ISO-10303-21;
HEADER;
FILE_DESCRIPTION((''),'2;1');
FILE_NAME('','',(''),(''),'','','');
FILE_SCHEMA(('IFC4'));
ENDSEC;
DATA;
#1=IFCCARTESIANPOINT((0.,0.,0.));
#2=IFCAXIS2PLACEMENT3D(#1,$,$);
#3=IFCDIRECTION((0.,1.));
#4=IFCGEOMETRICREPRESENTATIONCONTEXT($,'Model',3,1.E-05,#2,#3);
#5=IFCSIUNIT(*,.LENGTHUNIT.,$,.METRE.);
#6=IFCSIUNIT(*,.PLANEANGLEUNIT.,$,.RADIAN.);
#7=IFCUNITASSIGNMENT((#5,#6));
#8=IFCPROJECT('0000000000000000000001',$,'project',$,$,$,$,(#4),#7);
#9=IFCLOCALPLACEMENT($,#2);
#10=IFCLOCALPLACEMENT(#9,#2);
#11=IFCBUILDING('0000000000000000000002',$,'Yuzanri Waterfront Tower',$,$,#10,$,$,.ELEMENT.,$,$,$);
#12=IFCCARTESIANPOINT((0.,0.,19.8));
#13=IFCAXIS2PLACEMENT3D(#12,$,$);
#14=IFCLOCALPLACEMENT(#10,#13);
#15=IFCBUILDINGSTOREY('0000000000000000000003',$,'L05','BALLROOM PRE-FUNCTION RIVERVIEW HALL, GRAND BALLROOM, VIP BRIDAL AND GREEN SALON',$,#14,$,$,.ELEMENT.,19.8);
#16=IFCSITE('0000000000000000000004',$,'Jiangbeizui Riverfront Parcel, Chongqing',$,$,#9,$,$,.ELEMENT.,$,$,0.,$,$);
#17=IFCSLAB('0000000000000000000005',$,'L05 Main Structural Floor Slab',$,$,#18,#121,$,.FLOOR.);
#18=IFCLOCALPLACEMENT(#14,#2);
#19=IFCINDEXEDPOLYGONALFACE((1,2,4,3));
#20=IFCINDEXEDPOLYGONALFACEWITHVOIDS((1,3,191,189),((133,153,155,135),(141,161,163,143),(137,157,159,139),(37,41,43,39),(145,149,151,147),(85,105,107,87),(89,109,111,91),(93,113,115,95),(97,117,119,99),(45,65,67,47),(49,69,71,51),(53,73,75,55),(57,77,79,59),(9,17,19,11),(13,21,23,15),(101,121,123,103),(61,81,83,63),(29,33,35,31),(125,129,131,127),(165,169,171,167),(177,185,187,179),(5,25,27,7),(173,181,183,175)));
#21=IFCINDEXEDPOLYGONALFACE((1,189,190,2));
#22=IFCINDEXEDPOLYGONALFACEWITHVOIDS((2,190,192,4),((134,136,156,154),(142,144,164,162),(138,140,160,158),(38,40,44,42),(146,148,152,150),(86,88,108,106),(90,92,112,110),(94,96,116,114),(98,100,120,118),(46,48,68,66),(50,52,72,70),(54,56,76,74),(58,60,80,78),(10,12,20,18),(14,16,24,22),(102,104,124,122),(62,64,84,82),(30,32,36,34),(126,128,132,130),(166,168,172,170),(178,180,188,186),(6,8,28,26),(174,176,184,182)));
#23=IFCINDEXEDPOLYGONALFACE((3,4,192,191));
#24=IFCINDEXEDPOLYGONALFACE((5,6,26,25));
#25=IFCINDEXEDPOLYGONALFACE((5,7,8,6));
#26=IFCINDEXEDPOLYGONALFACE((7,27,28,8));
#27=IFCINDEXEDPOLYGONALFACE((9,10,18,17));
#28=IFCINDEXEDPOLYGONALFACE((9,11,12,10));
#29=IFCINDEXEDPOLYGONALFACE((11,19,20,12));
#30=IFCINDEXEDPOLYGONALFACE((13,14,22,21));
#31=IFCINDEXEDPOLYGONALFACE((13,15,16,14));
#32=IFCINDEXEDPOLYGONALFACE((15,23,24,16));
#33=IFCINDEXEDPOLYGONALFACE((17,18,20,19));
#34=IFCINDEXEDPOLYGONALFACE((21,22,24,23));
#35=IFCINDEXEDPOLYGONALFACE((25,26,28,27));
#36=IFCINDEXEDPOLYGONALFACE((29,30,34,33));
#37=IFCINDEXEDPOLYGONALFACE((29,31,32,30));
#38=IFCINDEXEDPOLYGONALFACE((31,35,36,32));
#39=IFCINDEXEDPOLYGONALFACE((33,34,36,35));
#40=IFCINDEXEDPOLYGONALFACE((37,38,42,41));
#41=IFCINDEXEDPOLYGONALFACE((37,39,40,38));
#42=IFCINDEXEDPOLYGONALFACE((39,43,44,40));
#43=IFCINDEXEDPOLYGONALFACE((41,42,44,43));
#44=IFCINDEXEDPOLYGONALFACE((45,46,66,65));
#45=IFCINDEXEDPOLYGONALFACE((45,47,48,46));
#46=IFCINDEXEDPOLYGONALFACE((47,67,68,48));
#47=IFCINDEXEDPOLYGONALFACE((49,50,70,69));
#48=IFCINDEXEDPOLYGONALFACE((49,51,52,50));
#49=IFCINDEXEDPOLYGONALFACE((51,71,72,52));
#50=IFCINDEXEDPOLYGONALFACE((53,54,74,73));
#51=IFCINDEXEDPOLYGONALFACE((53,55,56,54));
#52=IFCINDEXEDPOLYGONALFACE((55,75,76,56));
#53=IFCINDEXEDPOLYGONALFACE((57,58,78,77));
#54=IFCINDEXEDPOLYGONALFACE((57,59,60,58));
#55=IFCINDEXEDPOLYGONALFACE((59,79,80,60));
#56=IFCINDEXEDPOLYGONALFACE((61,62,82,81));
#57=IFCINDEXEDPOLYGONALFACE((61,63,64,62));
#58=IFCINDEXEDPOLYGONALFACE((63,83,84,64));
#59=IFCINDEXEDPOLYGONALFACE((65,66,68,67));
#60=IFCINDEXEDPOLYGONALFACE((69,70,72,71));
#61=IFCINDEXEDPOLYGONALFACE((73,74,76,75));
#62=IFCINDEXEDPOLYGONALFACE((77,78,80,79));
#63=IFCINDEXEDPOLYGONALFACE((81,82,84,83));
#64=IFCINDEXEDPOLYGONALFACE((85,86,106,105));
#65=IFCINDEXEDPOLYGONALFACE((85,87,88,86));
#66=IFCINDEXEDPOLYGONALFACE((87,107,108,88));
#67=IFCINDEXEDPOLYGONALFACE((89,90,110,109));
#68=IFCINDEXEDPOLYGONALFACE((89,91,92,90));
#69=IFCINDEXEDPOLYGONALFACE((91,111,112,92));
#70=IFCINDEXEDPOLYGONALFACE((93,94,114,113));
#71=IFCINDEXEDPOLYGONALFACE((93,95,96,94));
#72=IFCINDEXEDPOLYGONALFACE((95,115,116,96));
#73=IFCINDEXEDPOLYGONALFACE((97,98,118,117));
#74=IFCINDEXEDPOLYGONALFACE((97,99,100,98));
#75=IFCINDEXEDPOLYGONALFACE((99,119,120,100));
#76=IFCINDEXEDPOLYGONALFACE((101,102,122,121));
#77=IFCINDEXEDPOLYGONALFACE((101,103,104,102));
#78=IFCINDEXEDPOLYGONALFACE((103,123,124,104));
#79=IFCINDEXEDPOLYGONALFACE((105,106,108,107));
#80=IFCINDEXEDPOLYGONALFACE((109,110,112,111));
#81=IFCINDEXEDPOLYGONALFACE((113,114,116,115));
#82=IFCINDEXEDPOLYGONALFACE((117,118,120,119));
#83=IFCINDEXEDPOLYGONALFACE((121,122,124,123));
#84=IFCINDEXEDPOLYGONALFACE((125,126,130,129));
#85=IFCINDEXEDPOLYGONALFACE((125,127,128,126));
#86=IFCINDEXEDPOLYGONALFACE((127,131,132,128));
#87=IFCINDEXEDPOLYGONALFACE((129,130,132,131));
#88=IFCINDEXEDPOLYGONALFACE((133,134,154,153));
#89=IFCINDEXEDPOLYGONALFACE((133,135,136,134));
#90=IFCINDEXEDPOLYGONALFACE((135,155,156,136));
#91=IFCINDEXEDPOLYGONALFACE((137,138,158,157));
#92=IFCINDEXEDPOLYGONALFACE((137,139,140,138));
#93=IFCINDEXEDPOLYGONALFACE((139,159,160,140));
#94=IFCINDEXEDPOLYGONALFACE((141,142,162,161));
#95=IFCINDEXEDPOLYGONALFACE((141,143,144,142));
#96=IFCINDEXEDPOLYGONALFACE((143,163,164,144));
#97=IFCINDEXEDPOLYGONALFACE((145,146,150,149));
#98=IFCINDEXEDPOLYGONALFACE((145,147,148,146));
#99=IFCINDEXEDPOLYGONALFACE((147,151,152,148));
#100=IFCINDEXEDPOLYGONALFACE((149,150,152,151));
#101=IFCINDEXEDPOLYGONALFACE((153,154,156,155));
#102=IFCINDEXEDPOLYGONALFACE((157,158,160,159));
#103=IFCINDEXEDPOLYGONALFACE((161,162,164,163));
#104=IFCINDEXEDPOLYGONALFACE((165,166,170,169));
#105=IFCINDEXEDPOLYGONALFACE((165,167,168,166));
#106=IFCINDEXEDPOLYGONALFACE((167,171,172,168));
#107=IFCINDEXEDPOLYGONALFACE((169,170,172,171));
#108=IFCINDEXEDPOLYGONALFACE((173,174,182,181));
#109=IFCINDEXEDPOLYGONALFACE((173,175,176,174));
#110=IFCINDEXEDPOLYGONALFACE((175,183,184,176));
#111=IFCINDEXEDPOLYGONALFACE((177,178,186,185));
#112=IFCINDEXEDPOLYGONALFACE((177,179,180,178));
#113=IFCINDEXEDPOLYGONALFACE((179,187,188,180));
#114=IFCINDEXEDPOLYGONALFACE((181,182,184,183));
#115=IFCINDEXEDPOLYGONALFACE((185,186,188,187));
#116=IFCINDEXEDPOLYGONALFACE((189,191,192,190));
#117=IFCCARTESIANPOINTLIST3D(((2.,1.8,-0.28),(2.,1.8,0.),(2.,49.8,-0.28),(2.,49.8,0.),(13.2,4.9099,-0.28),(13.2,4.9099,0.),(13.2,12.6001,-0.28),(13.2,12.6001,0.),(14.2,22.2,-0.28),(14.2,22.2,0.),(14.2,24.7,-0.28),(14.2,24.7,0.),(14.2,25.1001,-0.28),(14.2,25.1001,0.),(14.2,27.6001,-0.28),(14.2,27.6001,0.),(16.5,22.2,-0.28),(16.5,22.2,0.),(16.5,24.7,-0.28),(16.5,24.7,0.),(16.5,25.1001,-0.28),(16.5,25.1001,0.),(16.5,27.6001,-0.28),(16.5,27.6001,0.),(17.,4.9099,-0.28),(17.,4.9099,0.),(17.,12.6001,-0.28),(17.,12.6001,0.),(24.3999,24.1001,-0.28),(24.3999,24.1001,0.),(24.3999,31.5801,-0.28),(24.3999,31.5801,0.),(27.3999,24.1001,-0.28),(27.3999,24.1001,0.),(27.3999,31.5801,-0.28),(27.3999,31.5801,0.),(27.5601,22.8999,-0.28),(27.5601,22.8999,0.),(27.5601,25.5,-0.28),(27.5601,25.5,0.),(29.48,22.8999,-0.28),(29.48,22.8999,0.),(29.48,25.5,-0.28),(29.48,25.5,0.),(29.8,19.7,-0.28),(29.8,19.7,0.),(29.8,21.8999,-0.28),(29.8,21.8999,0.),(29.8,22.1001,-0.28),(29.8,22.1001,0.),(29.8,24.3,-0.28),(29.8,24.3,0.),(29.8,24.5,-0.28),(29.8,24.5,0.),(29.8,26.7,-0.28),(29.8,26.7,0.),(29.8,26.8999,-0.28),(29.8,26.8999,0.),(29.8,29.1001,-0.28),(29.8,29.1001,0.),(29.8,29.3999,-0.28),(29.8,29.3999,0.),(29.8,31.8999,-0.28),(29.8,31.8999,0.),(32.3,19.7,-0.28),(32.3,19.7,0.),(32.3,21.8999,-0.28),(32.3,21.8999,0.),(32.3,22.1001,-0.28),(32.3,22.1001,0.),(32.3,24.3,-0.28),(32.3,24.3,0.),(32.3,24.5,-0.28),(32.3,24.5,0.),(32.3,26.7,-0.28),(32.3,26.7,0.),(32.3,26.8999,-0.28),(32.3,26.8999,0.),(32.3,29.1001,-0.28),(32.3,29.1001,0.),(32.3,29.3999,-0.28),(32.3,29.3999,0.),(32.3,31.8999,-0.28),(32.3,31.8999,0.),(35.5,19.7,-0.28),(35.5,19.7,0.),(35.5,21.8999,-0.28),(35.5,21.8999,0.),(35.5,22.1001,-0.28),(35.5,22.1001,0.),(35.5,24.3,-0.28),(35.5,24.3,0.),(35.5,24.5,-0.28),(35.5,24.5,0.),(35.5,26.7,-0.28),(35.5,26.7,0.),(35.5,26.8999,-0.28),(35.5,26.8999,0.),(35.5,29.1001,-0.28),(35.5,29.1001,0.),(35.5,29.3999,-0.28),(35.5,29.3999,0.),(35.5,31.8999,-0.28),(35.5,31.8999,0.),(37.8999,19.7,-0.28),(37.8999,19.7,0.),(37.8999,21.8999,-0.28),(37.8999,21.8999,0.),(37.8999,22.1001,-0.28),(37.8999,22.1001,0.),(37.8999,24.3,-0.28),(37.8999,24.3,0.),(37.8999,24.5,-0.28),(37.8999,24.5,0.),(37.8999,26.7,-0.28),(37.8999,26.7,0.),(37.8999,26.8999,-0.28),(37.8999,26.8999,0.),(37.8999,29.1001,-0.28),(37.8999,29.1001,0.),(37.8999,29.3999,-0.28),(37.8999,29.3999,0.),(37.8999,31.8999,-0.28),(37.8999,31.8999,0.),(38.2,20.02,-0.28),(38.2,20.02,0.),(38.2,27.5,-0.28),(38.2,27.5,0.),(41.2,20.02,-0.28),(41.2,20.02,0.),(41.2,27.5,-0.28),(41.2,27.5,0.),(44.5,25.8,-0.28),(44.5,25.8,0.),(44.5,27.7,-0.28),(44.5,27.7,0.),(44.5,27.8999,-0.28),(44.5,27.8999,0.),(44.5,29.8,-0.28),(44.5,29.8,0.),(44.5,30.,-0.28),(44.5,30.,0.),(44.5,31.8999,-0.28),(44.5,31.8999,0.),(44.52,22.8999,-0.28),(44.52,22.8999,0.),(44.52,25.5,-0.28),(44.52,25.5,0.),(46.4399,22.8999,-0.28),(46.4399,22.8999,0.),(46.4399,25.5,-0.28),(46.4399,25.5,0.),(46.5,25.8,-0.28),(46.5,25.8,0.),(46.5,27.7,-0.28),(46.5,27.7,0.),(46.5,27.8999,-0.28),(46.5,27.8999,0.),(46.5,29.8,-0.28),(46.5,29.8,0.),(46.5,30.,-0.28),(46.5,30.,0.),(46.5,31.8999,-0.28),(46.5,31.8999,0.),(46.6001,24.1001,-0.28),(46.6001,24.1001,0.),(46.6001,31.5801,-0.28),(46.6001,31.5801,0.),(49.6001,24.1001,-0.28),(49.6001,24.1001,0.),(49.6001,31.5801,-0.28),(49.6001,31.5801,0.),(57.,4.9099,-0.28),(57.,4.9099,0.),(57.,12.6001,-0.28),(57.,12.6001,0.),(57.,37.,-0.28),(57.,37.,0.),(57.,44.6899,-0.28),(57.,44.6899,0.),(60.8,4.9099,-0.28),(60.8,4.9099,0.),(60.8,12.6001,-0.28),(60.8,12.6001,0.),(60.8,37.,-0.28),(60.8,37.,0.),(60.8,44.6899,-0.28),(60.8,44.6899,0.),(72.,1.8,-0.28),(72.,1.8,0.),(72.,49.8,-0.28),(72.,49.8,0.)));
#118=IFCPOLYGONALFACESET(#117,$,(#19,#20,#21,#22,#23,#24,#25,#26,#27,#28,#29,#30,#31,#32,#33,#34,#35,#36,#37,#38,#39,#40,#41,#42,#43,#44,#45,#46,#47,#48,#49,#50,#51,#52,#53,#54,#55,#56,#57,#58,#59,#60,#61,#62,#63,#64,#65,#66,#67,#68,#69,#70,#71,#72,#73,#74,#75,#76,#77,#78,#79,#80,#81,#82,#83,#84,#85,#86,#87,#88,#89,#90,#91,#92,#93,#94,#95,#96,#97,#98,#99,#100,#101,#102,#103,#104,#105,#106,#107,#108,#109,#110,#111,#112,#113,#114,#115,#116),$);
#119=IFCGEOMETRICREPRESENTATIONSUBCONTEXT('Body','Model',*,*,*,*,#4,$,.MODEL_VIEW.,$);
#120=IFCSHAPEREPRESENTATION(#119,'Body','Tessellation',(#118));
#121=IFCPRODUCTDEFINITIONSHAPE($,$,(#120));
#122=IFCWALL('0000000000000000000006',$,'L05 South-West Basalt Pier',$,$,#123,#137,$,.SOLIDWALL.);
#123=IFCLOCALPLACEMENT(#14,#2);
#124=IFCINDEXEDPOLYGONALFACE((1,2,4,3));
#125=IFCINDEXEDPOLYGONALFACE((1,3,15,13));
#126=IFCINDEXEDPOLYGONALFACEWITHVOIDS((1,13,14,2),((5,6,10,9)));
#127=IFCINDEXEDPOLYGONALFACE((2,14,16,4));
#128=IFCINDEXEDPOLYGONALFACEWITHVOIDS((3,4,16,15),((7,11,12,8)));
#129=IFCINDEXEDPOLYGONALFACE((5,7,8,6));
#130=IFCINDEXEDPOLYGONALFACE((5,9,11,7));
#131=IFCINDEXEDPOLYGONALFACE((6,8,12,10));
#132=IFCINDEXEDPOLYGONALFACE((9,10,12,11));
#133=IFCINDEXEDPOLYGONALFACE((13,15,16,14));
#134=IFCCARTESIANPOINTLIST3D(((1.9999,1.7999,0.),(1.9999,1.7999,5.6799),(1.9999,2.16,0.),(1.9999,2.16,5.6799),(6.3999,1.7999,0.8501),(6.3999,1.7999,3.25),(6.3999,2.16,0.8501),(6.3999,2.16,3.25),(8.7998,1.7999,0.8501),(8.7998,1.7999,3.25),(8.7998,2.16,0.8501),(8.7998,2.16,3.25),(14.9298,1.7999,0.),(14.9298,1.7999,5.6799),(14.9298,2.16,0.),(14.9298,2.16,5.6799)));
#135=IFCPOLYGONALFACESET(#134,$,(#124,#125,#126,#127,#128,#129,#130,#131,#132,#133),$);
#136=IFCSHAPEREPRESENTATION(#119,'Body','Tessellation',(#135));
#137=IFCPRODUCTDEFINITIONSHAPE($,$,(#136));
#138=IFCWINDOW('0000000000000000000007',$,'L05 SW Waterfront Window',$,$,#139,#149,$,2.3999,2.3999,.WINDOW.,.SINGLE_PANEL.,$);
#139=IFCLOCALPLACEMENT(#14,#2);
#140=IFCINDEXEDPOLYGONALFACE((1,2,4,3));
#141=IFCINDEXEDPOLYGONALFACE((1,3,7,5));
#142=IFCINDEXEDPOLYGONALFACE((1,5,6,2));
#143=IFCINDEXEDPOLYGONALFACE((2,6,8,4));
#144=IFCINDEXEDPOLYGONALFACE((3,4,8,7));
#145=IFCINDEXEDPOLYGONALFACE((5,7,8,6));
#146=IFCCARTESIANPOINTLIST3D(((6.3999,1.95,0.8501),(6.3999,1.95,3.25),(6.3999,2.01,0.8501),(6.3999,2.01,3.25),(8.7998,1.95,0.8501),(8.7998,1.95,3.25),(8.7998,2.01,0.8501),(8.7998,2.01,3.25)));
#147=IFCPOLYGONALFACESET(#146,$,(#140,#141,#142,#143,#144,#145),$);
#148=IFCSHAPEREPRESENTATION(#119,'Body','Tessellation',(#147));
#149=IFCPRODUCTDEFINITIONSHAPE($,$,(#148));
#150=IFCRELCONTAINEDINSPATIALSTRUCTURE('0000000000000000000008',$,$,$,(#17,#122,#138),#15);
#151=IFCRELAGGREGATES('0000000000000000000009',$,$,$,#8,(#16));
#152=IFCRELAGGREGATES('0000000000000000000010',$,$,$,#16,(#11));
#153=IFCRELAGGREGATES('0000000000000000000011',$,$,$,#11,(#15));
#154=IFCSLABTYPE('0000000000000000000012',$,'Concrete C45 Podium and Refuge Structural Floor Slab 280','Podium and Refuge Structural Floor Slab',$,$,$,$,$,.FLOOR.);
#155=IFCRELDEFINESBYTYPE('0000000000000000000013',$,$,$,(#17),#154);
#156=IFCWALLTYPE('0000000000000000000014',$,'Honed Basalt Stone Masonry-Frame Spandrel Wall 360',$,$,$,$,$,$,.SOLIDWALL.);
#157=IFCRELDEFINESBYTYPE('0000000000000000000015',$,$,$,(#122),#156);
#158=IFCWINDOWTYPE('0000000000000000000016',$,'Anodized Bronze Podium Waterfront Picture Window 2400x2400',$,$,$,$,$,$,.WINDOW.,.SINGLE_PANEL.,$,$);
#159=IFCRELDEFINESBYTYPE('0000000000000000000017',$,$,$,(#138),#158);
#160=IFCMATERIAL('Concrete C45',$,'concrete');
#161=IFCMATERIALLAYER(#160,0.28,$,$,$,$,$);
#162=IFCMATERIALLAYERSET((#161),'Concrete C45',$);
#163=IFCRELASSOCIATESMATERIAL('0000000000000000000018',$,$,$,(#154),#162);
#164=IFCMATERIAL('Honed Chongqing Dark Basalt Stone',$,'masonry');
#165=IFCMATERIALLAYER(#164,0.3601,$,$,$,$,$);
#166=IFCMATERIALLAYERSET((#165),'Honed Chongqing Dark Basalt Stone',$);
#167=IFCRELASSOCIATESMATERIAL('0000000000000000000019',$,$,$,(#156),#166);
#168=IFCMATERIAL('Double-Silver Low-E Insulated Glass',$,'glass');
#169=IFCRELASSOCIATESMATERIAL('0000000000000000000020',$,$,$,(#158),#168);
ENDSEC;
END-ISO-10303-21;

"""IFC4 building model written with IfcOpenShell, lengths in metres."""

from ifc_helpers import new_model, si_unit, direction, frame, frame_2d, origin, place, context, subcontext, project, spatial, polyline, rectangle, outline, extrude, source, transform, mapped, material, layer, layer_set, type_object, element, fill, save


model = new_model("IFC4")

# Units and contexts
model_context = context("Model", 3, precision=1e-05, world=origin(), true_north=direction((0.0, 1.0)))
body_context = subcontext(model_context, "Body", "Model", "MODEL_VIEW")
ifc_project = project(units=[si_unit("LENGTHUNIT", "METRE"), si_unit("PLANEANGLEUNIT", "RADIAN")], contexts=[model_context])

# Site, building, storey
site_placement = place(None, origin())
site = spatial("IfcSite", under=ifc_project, at=site_placement, Name="Jiangbeizui Riverfront Parcel, Chongqing", CompositionType="ELEMENT", RefElevation=0.0)
building_placement = place(site_placement, origin())
building = spatial("IfcBuilding", under=site, at=building_placement, Name="Yuzanri Waterfront Tower", CompositionType="ELEMENT")
storey_placement = place(building_placement, frame((0.0, 0.0, 19.8)))
storey = spatial("IfcBuildingStorey", under=building, at=storey_placement, Name="L05", Description="BALLROOM PRE-FUNCTION RIVERVIEW HALL, GRAND BALLROOM, VIP BRIDAL AND GREEN SALON", CompositionType="ELEMENT", Elevation=19.8)

# Slab
ifc_material_1 = material(Name="Concrete C45", Category="concrete")
ifc_layer_1 = layer(ifc_material_1, 0.28)
ifc_layer_set_1 = layer_set([ifc_layer_1], Name="Concrete C45")
slab_type_1 = type_object("IfcSlabType", Name="Concrete C45 Podium and Refuge Structural Floor Slab 280", Description="Podium and Refuge Structural Floor Slab", PredefinedType="FLOOR", material=ifc_layer_set_1)
slab_1_placement = place(storey_placement, frame((0.0, 0.0, -0.28)))
element("IfcSlab", 1, at=slab_1_placement, inside=storey, type_object=slab_type_1, Name="L05 Main Structural Floor Slab", PredefinedType="FLOOR", context=body_context, shape_type="SweptSolid", body=[
    extrude(outline(polyline([(2.0, 1.8), (72.0, 1.8), (72.0, 49.8), (2.0, 49.8), (2.0, 1.8)]), holes=[polyline([(27.3999, 24.1001), (27.3999, 31.5801), (24.3999, 31.5801), (24.3999, 24.1001), (27.3999, 24.1001)]), polyline([(49.6001, 24.1001), (49.6001, 31.5801), (46.6001, 31.5801), (46.6001, 24.1001), (49.6001, 24.1001)]), polyline([(38.2, 27.5), (38.2, 20.02), (41.2, 20.02), (41.2, 27.5), (38.2, 27.5)]), polyline([(17.0, 4.9099), (17.0, 12.6001), (13.2, 12.6001), (13.2, 4.9099), (17.0, 4.9099)]), polyline([(60.8, 4.9099), (60.8, 12.6001), (57.0, 12.6001), (57.0, 4.9099), (60.8, 4.9099)]), polyline([(57.0, 44.6899), (57.0, 37.0), (60.8, 37.0), (60.8, 44.6899), (57.0, 44.6899)]), polyline([(27.5601, 22.8999), (29.48, 22.8999), (29.48, 25.5), (27.5601, 25.5), (27.5601, 22.8999)]), polyline([(44.52, 22.8999), (46.4399, 22.8999), (46.4399, 25.5), (44.52, 25.5), (44.52, 22.8999)]), polyline([(29.8, 19.7), (32.3, 19.7), (32.3, 21.8999), (29.8, 21.8999), (29.8, 19.7)]), polyline([(29.8, 22.1001), (32.3, 22.1001), (32.3, 24.3), (29.8, 24.3), (29.8, 22.1001)]), polyline([(29.8, 24.5), (32.3, 24.5), (32.3, 26.7), (29.8, 26.7), (29.8, 24.5)]), polyline([(29.8, 26.8999), (32.3, 26.8999), (32.3, 29.1001), (29.8, 29.1001), (29.8, 26.8999)]), polyline([(29.8, 29.3999), (32.3, 29.3999), (32.3, 31.8999), (29.8, 31.8999), (29.8, 29.3999)]), polyline([(35.5, 19.7), (37.8999, 19.7), (37.8999, 21.8999), (35.5, 21.8999), (35.5, 19.7)]), polyline([(35.5, 22.1001), (37.8999, 22.1001), (37.8999, 24.3), (35.5, 24.3), (35.5, 22.1001)]), polyline([(35.5, 24.5), (37.8999, 24.5), (37.8999, 26.7), (35.5, 26.7), (35.5, 24.5)]), polyline([(35.5, 26.8999), (37.8999, 26.8999), (37.8999, 29.1001), (35.5, 29.1001), (35.5, 26.8999)]), polyline([(35.5, 29.3999), (37.8999, 29.3999), (37.8999, 31.8999), (35.5, 31.8999), (35.5, 29.3999)]), polyline([(44.5, 25.8), (46.5, 25.8), (46.5, 27.7), (44.5, 27.7), (44.5, 25.8)]), polyline([(44.5, 27.8999), (46.5, 27.8999), (46.5, 29.8), (44.5, 29.8), (44.5, 27.8999)]), polyline([(44.5, 30.0), (46.5, 30.0), (46.5, 31.8999), (44.5, 31.8999), (44.5, 30.0)]), polyline([(14.2, 22.2), (16.5, 22.2), (16.5, 24.7), (14.2, 24.7), (14.2, 22.2)]), polyline([(14.2, 25.1001), (16.5, 25.1001), (16.5, 27.6001), (14.2, 27.6001), (14.2, 25.1001)])]), origin(), (0.0, 0.0, 1.0), 0.28),
])

# Wall, opening, window
ifc_material_2 = material(Name="Honed Chongqing Dark Basalt Stone", Category="masonry")
ifc_layer_2 = layer(ifc_material_2, 0.3601)
ifc_layer_set_2 = layer_set([ifc_layer_2], Name="Honed Chongqing Dark Basalt Stone")
wall_type_1 = type_object("IfcWallType", Name="Honed Basalt Stone Masonry-Frame Spandrel Wall 360", PredefinedType="SOLIDWALL", material=ifc_layer_set_2)
wall_1_placement = place(storey_placement, frame((2.0, 1.98, 0.0), z_axis=(0.0, 0.0, 1.0), x_axis=(1.0, 0.0, 0.0)))
wall_1 = element("IfcWall", 2, at=wall_1_placement, inside=storey, type_object=wall_type_1, Name="L05 South-West Basalt Pier", PredefinedType="SOLIDWALL", context=body_context, shape_type="SweptSolid", body=[
    extrude(rectangle(XDim=12.9299, YDim=0.3601, at=frame_2d((6.4648, 0.0))), origin(), (0.0, 0.0, 1.0), 5.6799),
])
opening_1_placement = place(wall_1_placement, frame((4.3999, 0.0, 0.8501)))
opening_1 = element("IfcOpeningElement", 3, at=opening_1_placement, cuts=wall_1, PredefinedType="OPENING", context=body_context, shape_type="SweptSolid", body=[
    extrude(rectangle(XDim=2.3999, YDim=2.3999, at=frame_2d((1.2, 1.2))), frame((0.0, 0.1948, 0.0), z_axis=(0.0, -1.0, 0.0), x_axis=(1.0, 0.0, 0.0)), (0.0, 0.0, 1.0), 0.3899),
])
ifc_material_3 = material(Name="Double-Silver Low-E Insulated Glass", Category="glass")
window_type_1 = type_object("IfcWindowType", Name="Anodized Bronze Podium Waterfront Picture Window 2400x2400", PartitioningType="SINGLE_PANEL", PredefinedType="WINDOW", material=ifc_material_3)
shared_shape_1 = source(origin(), body_context, "Body", "SweptSolid", [
    extrude(rectangle(XDim=2.3999, YDim=2.3999, at=frame_2d((1.2, 1.2))), frame((0.0, 0.03, 0.0), z_axis=(0.0, -1.0, 0.0), x_axis=(1.0, 0.0, 0.0)), (0.0, 0.0, 1.0), 0.0601),
])
window_1_placement = place(opening_1_placement, origin())
window_1 = element("IfcWindow", 4, at=window_1_placement, inside=storey, type_object=window_type_1, Name="L05 SW Waterfront Window", OverallHeight=2.3999, OverallWidth=2.3999, PartitioningType="SINGLE_PANEL", PredefinedType="WINDOW", context=body_context, shape_type="MappedRepresentation", body=[
    mapped(shared_shape_1, transform((0.0, 0.0, 0.0), scale=1.0)),
])
fill(opening_1, window_1)

save(model, "model.ifc")
